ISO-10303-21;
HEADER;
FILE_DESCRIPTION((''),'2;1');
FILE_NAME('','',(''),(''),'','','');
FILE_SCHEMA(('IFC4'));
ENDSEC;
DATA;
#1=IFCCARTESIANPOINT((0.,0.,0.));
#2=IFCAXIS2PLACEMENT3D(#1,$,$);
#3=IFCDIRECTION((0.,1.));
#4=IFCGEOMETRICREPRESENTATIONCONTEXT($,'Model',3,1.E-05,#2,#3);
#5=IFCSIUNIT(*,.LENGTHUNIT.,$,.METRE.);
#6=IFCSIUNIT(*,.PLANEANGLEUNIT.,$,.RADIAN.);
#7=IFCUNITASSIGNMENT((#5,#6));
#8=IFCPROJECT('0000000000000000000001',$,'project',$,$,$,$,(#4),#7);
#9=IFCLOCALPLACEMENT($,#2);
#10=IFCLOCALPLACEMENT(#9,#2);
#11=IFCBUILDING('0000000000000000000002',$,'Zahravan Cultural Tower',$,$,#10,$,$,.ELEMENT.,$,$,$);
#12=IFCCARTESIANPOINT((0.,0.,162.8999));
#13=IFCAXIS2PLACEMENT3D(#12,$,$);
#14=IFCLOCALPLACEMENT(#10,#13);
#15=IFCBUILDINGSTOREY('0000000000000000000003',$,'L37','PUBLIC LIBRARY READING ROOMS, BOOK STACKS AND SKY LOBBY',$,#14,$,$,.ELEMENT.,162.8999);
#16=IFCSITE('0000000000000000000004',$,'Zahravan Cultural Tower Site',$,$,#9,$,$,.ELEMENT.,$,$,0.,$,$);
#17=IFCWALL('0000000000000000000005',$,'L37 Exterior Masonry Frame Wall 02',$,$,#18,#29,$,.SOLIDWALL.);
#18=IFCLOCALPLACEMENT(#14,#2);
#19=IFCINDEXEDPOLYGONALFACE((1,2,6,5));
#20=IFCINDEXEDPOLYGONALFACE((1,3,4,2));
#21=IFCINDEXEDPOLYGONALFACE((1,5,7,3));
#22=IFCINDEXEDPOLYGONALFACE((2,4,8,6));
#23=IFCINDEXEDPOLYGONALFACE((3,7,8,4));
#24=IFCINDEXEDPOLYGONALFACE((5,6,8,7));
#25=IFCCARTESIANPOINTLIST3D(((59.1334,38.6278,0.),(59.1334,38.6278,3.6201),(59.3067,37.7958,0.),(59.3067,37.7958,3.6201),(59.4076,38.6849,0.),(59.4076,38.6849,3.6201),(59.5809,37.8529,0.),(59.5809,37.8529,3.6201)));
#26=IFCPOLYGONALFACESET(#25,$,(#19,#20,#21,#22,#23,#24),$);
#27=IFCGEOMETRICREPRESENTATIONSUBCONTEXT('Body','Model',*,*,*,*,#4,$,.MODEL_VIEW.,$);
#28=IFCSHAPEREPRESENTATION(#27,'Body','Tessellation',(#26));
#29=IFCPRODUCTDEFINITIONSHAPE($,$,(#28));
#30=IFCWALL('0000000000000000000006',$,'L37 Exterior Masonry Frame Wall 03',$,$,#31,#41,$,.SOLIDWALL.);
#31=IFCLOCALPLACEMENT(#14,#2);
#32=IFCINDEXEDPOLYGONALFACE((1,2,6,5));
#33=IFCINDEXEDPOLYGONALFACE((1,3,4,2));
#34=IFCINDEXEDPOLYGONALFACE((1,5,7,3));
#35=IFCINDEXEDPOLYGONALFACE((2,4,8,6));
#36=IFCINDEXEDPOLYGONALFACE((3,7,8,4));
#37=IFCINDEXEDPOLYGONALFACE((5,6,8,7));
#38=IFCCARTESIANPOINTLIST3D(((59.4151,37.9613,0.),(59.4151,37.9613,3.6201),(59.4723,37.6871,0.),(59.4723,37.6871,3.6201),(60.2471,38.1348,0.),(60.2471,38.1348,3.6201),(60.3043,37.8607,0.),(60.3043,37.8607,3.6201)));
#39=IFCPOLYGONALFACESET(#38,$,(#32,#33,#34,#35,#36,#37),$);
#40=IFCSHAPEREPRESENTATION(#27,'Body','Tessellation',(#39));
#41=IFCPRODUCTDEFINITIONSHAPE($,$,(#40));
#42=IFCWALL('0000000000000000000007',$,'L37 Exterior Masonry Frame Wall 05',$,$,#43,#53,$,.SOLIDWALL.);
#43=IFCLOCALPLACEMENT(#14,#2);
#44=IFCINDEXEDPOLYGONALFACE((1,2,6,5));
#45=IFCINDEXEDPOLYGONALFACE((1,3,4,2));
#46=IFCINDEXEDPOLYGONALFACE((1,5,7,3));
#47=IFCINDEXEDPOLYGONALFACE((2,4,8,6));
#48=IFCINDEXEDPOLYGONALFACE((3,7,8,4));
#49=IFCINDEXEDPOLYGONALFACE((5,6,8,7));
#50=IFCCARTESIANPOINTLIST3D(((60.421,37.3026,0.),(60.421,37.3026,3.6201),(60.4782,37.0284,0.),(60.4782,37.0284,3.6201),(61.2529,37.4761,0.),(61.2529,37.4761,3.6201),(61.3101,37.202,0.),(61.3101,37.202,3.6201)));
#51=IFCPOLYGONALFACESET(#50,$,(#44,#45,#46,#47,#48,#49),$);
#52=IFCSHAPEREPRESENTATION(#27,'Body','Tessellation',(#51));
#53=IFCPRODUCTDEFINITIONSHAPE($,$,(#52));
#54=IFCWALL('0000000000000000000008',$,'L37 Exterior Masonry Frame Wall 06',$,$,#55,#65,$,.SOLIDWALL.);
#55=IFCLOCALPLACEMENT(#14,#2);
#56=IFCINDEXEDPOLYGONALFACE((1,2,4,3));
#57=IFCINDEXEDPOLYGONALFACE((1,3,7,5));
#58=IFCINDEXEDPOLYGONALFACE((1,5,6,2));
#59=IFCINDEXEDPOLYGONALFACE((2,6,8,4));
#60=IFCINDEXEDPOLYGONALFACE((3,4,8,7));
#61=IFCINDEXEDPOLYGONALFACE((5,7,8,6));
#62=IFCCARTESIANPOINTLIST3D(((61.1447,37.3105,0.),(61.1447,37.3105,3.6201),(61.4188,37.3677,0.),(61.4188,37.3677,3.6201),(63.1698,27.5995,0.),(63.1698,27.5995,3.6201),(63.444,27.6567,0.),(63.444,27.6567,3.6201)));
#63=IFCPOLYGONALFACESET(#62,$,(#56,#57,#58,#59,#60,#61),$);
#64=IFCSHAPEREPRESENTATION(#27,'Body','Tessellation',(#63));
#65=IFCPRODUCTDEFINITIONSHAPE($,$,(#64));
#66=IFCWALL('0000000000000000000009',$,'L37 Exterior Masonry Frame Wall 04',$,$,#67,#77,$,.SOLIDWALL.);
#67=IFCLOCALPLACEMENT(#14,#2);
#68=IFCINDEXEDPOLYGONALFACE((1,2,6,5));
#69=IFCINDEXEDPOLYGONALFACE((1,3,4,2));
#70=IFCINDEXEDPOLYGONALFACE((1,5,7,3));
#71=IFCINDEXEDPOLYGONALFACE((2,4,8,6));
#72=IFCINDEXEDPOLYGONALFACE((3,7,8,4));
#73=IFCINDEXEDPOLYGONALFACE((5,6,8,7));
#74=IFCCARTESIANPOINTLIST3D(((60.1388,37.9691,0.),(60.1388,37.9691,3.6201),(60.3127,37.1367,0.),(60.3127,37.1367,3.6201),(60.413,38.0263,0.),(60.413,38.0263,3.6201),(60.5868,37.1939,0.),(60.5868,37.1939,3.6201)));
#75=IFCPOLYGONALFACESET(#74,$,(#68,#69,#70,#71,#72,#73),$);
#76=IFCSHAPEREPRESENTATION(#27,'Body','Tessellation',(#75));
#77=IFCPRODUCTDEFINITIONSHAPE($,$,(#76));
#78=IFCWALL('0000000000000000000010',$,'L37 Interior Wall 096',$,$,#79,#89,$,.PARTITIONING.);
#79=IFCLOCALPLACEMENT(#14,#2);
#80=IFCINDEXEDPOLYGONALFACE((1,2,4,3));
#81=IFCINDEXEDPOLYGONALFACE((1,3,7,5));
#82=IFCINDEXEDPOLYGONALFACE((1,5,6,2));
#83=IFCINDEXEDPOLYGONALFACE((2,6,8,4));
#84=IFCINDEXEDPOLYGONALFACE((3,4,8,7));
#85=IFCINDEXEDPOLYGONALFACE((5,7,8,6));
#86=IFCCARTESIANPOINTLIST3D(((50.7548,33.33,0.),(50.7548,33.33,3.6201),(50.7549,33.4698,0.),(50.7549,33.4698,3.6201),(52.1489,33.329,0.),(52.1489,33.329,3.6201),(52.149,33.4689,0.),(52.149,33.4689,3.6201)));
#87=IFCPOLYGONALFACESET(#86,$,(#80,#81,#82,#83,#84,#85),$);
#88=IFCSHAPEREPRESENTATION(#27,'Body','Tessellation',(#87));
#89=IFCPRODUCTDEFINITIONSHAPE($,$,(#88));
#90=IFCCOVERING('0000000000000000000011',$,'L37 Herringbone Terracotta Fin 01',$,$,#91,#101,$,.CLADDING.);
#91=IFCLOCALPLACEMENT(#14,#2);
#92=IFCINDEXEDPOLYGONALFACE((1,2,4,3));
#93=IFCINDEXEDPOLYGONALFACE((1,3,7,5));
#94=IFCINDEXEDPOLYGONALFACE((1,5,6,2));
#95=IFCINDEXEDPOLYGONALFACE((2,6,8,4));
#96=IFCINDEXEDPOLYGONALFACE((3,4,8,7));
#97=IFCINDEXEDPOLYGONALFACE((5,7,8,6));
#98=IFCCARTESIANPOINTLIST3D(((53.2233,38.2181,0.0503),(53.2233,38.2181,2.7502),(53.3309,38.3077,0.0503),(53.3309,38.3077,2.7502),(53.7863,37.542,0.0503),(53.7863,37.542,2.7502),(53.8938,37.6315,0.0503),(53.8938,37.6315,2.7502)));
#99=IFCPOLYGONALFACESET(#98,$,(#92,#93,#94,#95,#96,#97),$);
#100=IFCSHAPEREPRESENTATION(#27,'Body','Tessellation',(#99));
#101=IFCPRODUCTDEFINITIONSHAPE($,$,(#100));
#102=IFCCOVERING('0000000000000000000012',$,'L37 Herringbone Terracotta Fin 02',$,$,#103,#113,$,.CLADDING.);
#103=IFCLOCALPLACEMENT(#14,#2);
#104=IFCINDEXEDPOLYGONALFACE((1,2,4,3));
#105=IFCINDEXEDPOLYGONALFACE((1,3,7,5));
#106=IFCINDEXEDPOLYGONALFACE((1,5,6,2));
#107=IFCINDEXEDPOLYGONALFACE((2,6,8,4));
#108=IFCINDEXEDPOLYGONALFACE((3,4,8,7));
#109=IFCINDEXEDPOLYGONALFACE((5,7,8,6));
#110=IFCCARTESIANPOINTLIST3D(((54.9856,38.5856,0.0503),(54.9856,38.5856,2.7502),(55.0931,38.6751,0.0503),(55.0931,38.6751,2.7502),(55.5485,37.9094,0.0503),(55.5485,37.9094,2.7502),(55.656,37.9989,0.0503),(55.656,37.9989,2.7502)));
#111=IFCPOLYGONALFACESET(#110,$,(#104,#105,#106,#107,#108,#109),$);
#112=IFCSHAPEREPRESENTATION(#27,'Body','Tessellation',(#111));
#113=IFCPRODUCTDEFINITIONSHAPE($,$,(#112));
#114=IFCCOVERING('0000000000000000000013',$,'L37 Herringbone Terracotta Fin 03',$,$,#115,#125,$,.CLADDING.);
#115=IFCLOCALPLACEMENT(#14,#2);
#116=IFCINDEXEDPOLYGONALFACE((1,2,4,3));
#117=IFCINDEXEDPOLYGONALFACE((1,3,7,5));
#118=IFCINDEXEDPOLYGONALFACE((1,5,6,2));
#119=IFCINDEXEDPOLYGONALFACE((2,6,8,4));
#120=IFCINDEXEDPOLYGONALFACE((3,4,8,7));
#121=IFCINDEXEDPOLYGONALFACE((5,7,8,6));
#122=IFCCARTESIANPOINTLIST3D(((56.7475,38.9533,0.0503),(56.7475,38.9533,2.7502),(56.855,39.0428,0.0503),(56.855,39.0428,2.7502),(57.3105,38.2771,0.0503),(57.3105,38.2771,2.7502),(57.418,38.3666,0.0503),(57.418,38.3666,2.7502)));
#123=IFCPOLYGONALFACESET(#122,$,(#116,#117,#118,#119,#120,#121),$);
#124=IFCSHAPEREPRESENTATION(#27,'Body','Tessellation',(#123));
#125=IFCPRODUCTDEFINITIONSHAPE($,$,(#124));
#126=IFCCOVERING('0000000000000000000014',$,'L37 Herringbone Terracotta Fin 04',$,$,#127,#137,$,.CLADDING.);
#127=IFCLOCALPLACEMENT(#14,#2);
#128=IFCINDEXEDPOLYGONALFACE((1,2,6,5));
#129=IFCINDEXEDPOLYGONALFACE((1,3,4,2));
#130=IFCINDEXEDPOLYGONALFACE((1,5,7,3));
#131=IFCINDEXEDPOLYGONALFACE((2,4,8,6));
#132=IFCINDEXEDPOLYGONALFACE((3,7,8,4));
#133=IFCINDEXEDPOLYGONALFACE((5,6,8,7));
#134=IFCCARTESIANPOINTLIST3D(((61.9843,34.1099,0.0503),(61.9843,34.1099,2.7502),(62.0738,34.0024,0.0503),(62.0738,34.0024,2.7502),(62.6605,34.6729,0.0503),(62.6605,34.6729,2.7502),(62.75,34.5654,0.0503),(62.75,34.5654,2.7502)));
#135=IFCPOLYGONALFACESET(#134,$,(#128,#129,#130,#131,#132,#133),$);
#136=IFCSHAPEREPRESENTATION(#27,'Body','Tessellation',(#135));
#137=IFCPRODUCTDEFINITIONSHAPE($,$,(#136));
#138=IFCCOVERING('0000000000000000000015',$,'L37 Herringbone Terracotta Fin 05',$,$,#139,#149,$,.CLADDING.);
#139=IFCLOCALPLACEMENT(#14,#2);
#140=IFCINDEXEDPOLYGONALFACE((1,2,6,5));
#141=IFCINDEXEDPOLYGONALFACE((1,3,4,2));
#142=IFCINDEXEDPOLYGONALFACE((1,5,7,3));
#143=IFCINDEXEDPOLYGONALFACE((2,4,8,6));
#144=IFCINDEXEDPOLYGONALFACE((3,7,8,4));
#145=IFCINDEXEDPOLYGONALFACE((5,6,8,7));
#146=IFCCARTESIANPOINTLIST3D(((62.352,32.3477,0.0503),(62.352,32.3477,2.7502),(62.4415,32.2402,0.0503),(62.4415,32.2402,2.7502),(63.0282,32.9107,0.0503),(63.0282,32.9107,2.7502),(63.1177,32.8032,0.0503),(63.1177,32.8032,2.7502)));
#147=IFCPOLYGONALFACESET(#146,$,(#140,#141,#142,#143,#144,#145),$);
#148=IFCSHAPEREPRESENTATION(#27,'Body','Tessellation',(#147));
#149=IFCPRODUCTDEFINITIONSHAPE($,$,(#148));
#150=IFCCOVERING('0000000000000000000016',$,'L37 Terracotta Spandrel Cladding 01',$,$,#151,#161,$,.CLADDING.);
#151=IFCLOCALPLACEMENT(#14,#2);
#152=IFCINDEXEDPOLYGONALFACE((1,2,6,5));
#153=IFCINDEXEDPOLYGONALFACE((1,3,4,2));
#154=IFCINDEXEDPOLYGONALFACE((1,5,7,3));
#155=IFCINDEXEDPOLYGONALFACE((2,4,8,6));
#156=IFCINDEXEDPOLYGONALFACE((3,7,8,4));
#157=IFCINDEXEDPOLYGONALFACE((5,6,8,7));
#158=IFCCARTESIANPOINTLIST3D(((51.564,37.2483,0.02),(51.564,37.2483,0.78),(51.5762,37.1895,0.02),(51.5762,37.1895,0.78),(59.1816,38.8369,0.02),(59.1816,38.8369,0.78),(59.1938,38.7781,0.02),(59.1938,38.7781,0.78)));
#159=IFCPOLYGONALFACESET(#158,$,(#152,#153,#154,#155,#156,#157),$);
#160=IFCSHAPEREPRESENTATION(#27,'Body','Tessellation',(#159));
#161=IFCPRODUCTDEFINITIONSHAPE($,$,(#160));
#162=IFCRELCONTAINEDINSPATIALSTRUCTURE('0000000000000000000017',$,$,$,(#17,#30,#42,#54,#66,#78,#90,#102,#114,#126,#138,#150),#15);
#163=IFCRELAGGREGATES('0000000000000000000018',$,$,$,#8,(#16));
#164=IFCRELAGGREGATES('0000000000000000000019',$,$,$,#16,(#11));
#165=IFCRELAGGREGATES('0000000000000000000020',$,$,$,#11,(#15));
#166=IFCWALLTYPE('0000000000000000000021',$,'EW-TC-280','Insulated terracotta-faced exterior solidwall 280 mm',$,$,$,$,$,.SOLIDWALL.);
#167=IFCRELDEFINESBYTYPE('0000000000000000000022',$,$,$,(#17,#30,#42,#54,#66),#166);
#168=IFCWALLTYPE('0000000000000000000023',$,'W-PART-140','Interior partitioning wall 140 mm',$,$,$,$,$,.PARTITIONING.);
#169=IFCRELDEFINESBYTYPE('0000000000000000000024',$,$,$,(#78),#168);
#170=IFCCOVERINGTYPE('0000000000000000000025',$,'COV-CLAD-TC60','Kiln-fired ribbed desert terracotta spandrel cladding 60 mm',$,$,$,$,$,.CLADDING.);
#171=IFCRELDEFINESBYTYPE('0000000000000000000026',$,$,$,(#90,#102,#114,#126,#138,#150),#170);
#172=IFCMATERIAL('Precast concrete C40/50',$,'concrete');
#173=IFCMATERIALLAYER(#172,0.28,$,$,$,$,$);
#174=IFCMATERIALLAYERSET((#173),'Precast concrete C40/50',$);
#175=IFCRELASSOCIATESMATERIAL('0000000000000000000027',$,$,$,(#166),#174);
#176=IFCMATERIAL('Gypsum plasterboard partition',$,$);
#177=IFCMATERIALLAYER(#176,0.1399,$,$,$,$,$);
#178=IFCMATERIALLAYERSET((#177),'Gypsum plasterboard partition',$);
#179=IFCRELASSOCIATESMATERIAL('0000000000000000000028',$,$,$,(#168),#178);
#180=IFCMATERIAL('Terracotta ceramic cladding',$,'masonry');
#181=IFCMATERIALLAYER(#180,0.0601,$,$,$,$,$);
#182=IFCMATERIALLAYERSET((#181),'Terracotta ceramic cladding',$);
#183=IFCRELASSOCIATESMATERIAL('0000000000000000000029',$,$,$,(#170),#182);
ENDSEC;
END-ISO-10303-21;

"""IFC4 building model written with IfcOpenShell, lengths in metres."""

from ifc_helpers import new_model, si_unit, direction, frame, frame_2d, origin, origin_2d, place, context, subcontext, project, spatial, rectangle, extrude, source, transform, mapped, material, layer, layer_set, type_object, element, save


model = new_model("IFC4")

# Units and contexts
model_context = context("Model", 3, precision=1e-05, world=origin(), true_north=direction((0.0, 1.0)))
body_context = subcontext(model_context, "Body", "Model", "MODEL_VIEW")
ifc_project = project(units=[si_unit("LENGTHUNIT", "METRE"), si_unit("PLANEANGLEUNIT", "RADIAN")], contexts=[model_context])

# Site, building, storey
site_placement = place(None, origin())
site = spatial("IfcSite", under=ifc_project, at=site_placement, Name="Zahravan Cultural Tower Site", CompositionType="ELEMENT", RefElevation=0.0)
building_placement = place(site_placement, origin())
building = spatial("IfcBuilding", under=site, at=building_placement, Name="Zahravan Cultural Tower", CompositionType="ELEMENT")
storey_placement = place(building_placement, frame((0.0, 0.0, 162.8999)))
storey = spatial("IfcBuildingStorey", under=building, at=storey_placement, Name="L37", Description="PUBLIC LIBRARY READING ROOMS, BOOK STACKS AND SKY LOBBY", CompositionType="ELEMENT", Elevation=162.8999)

# Shared definitions
ifc_material_1 = material(Name="Precast concrete C40/50", Category="concrete")
ifc_layer_1 = layer(ifc_material_1, 0.28)
ifc_layer_set_1 = layer_set([ifc_layer_1], Name="Precast concrete C40/50")
wall_type_1 = type_object("IfcWallType", Name="EW-TC-280", Description="Insulated terracotta-faced exterior solidwall 280 mm", PredefinedType="SOLIDWALL", material=ifc_layer_set_1)

# Shared definitions
ifc_material_2 = material(Name="Gypsum plasterboard partition")
ifc_layer_2 = layer(ifc_material_2, 0.1399)
ifc_layer_set_2 = layer_set([ifc_layer_2], Name="Gypsum plasterboard partition")
wall_type_2 = type_object("IfcWallType", Name="W-PART-140", Description="Interior partitioning wall 140 mm", PredefinedType="PARTITIONING", material=ifc_layer_set_2)

# Walls
shared_shape_1 = source(origin(), body_context, "Body", "SweptSolid", [
    extrude(rectangle(XDim=0.8499, YDim=0.28, at=frame_2d((0.4248, 0.0))), origin(), (0.0, 0.0, 1.0), 3.6201),
])
for number, where, z_axis, x_axis, name in (
    (1, (59.2705, 38.6562, 0.0), (0.0, 0.0, 1.0), (0.203954, -0.97898, 0.0), "L37 Exterior Masonry Frame Wall 02"),
    (2, (59.4438, 37.8242, 0.0), (0.0, 0.0, 1.0), (0.978923, 0.20423, 0.0), "L37 Exterior Masonry Frame Wall 03"),
    (3, (60.4497, 37.1655, 0.0), (0.0, 0.0, 1.0), (0.978923, 0.20423, 0.0), "L37 Exterior Masonry Frame Wall 05"),
):
    element("IfcWall", number, at=place(storey_placement, frame(where, z_axis=z_axis, x_axis=x_axis)), inside=storey, type_object=wall_type_1, Name=name, PredefinedType="SOLIDWALL", context=body_context, shape_type="MappedRepresentation", body=[
        mapped(shared_shape_1, transform((0.0, 0.0, 0.0), x_axis=(1.0, 0.0, 0.0), y_axis=(0.0, 1.0, 0.0), z_axis=(0.0, 0.0, 1.0), scale=1.0)),
    ])
shared_shape_2 = source(origin(), body_context, "Body", "SweptSolid", [
    extrude(rectangle(XDim=9.9199, YDim=0.28, at=frame_2d((4.96, 0.0))), origin(), (0.0, 0.0, 1.0), 3.6201),
])
wall_1_placement = place(storey_placement, frame((61.2817, 37.3391, 0.0), z_axis=(0.0, 0.0, 1.0), x_axis=(0.204151, -0.978939, 0.0)))
element("IfcWall", 4, at=wall_1_placement, inside=storey, type_object=wall_type_1, Name="L37 Exterior Masonry Frame Wall 06", PredefinedType="SOLIDWALL", context=body_context, shape_type="MappedRepresentation", body=[
    mapped(shared_shape_2, transform((0.0, 0.0, 0.0), x_axis=(1.0, 0.0, 0.0), y_axis=(0.0, 1.0, 0.0), z_axis=(0.0, 0.0, 1.0), scale=1.0)),
])
shared_shape_3 = source(origin(), body_context, "Body", "SweptSolid", [
    extrude(rectangle(XDim=0.8503, YDim=0.28, at=frame_2d((0.4253, 0.0))), origin(), (0.0, 0.0, 1.0), 3.6201),
])
wall_2_placement = place(storey_placement, frame((60.2759, 37.9978, 0.0), z_axis=(0.0, 0.0, 1.0), x_axis=(0.204447, -0.978878, 0.0)))
element("IfcWall", 5, at=wall_2_placement, inside=storey, type_object=wall_type_1, Name="L37 Exterior Masonry Frame Wall 04", PredefinedType="SOLIDWALL", context=body_context, shape_type="MappedRepresentation", body=[
    mapped(shared_shape_3, transform((0.0, 0.0, 0.0), x_axis=(1.0, 0.0, 0.0), y_axis=(0.0, 1.0, 0.0), z_axis=(0.0, 0.0, 1.0), scale=1.0)),
])
shared_shape_4 = source(origin(), body_context, "Body", "SweptSolid", [
    extrude(rectangle(XDim=1.394, YDim=0.1399, at=frame_2d((0.697, 0.0))), origin(), (0.0, 0.0, 1.0), 3.6201),
])
wall_3_placement = place(storey_placement, frame((52.1489, 33.3989, 0.0), z_axis=(0.0, 0.0, 1.0), x_axis=(-1.0, 0.000701, 0.0)))
element("IfcWall", 6, at=wall_3_placement, inside=storey, type_object=wall_type_2, Name="L37 Interior Wall 096", PredefinedType="PARTITIONING", context=body_context, shape_type="MappedRepresentation", body=[
    mapped(shared_shape_4, transform((0.0, 0.0, 0.0), x_axis=(1.0, 0.0, 0.0), y_axis=(0.0, 1.0, 0.0), z_axis=(0.0, 0.0, 1.0), scale=1.0)),
])

# Coverings
ifc_material_3 = material(Name="Terracotta ceramic cladding", Category="masonry")
ifc_layer_3 = layer(ifc_material_3, 0.0601)
ifc_layer_set_3 = layer_set([ifc_layer_3], Name="Terracotta ceramic cladding")
covering_type = type_object("IfcCoveringType", Name="COV-CLAD-TC60", Description="Kiln-fired ribbed desert terracotta spandrel cladding 60 mm", PredefinedType="CLADDING", material=ifc_layer_set_3)
shared_shape_5 = source(origin(), body_context, "Body", "SweptSolid", [
    extrude(rectangle(XDim=0.8799, YDim=0.1399, at=origin_2d()), origin(), (0.0, 0.0, 1.0), 2.7),
])
for number, where, z_axis, x_axis, name in (
    (7, (53.5586, 37.9248, 0.0503), (0.0, 0.0, 1.0), (-0.639841, 0.768507, 0.0), "L37 Herringbone Terracotta Fin 01"),
    (8, (55.3208, 38.2922, 0.0503), (0.0, 0.0, 1.0), (-0.639841, 0.768507, 0.0), "L37 Herringbone Terracotta Fin 02"),
    (9, (57.0828, 38.6599, 0.0503), (0.0, 0.0, 1.0), (-0.639841, 0.768507, 0.0), "L37 Herringbone Terracotta Fin 03"),
    (10, (62.3672, 34.3376, 0.0503), (0.0, 0.0, 1.0), (0.768507, 0.639841, 0.0), "L37 Herringbone Terracotta Fin 04"),
    (11, (62.7349, 32.5754, 0.0503), (0.0, 0.0, 1.0), (0.768507, 0.639841, 0.0), "L37 Herringbone Terracotta Fin 05"),
):
    element("IfcCovering", number, at=place(storey_placement, frame(where, z_axis=z_axis, x_axis=x_axis)), inside=storey, type_object=covering_type, Name=name, PredefinedType="CLADDING", context=body_context, shape_type="MappedRepresentation", body=[
        mapped(shared_shape_5, transform((0.0, 0.0, 0.0), x_axis=(1.0, 0.0, 0.0), y_axis=(0.0, 1.0, 0.0), z_axis=(0.0, 0.0, 1.0), scale=1.0)),
    ])
shared_shape_6 = source(origin(), body_context, "Body", "SweptSolid", [
    extrude(rectangle(XDim=7.7815, YDim=0.0601, at=origin_2d()), origin(), (0.0, 0.0, 1.0), 0.76),
])
covering_placement = place(storey_placement, frame((55.3789, 38.0132, 0.02), z_axis=(0.0, 0.0, 1.0), x_axis=(0.978939, 0.204154, 0.0)))
element("IfcCovering", 12, at=covering_placement, inside=storey, type_object=covering_type, Name="L37 Terracotta Spandrel Cladding 01", PredefinedType="CLADDING", context=body_context, shape_type="MappedRepresentation", body=[
    mapped(shared_shape_6, transform((0.0, 0.0, 0.0), x_axis=(1.0, 0.0, 0.0), y_axis=(0.0, 1.0, 0.0), z_axis=(0.0, 0.0, 1.0), scale=1.0)),
])

save(model, "model.ifc")
